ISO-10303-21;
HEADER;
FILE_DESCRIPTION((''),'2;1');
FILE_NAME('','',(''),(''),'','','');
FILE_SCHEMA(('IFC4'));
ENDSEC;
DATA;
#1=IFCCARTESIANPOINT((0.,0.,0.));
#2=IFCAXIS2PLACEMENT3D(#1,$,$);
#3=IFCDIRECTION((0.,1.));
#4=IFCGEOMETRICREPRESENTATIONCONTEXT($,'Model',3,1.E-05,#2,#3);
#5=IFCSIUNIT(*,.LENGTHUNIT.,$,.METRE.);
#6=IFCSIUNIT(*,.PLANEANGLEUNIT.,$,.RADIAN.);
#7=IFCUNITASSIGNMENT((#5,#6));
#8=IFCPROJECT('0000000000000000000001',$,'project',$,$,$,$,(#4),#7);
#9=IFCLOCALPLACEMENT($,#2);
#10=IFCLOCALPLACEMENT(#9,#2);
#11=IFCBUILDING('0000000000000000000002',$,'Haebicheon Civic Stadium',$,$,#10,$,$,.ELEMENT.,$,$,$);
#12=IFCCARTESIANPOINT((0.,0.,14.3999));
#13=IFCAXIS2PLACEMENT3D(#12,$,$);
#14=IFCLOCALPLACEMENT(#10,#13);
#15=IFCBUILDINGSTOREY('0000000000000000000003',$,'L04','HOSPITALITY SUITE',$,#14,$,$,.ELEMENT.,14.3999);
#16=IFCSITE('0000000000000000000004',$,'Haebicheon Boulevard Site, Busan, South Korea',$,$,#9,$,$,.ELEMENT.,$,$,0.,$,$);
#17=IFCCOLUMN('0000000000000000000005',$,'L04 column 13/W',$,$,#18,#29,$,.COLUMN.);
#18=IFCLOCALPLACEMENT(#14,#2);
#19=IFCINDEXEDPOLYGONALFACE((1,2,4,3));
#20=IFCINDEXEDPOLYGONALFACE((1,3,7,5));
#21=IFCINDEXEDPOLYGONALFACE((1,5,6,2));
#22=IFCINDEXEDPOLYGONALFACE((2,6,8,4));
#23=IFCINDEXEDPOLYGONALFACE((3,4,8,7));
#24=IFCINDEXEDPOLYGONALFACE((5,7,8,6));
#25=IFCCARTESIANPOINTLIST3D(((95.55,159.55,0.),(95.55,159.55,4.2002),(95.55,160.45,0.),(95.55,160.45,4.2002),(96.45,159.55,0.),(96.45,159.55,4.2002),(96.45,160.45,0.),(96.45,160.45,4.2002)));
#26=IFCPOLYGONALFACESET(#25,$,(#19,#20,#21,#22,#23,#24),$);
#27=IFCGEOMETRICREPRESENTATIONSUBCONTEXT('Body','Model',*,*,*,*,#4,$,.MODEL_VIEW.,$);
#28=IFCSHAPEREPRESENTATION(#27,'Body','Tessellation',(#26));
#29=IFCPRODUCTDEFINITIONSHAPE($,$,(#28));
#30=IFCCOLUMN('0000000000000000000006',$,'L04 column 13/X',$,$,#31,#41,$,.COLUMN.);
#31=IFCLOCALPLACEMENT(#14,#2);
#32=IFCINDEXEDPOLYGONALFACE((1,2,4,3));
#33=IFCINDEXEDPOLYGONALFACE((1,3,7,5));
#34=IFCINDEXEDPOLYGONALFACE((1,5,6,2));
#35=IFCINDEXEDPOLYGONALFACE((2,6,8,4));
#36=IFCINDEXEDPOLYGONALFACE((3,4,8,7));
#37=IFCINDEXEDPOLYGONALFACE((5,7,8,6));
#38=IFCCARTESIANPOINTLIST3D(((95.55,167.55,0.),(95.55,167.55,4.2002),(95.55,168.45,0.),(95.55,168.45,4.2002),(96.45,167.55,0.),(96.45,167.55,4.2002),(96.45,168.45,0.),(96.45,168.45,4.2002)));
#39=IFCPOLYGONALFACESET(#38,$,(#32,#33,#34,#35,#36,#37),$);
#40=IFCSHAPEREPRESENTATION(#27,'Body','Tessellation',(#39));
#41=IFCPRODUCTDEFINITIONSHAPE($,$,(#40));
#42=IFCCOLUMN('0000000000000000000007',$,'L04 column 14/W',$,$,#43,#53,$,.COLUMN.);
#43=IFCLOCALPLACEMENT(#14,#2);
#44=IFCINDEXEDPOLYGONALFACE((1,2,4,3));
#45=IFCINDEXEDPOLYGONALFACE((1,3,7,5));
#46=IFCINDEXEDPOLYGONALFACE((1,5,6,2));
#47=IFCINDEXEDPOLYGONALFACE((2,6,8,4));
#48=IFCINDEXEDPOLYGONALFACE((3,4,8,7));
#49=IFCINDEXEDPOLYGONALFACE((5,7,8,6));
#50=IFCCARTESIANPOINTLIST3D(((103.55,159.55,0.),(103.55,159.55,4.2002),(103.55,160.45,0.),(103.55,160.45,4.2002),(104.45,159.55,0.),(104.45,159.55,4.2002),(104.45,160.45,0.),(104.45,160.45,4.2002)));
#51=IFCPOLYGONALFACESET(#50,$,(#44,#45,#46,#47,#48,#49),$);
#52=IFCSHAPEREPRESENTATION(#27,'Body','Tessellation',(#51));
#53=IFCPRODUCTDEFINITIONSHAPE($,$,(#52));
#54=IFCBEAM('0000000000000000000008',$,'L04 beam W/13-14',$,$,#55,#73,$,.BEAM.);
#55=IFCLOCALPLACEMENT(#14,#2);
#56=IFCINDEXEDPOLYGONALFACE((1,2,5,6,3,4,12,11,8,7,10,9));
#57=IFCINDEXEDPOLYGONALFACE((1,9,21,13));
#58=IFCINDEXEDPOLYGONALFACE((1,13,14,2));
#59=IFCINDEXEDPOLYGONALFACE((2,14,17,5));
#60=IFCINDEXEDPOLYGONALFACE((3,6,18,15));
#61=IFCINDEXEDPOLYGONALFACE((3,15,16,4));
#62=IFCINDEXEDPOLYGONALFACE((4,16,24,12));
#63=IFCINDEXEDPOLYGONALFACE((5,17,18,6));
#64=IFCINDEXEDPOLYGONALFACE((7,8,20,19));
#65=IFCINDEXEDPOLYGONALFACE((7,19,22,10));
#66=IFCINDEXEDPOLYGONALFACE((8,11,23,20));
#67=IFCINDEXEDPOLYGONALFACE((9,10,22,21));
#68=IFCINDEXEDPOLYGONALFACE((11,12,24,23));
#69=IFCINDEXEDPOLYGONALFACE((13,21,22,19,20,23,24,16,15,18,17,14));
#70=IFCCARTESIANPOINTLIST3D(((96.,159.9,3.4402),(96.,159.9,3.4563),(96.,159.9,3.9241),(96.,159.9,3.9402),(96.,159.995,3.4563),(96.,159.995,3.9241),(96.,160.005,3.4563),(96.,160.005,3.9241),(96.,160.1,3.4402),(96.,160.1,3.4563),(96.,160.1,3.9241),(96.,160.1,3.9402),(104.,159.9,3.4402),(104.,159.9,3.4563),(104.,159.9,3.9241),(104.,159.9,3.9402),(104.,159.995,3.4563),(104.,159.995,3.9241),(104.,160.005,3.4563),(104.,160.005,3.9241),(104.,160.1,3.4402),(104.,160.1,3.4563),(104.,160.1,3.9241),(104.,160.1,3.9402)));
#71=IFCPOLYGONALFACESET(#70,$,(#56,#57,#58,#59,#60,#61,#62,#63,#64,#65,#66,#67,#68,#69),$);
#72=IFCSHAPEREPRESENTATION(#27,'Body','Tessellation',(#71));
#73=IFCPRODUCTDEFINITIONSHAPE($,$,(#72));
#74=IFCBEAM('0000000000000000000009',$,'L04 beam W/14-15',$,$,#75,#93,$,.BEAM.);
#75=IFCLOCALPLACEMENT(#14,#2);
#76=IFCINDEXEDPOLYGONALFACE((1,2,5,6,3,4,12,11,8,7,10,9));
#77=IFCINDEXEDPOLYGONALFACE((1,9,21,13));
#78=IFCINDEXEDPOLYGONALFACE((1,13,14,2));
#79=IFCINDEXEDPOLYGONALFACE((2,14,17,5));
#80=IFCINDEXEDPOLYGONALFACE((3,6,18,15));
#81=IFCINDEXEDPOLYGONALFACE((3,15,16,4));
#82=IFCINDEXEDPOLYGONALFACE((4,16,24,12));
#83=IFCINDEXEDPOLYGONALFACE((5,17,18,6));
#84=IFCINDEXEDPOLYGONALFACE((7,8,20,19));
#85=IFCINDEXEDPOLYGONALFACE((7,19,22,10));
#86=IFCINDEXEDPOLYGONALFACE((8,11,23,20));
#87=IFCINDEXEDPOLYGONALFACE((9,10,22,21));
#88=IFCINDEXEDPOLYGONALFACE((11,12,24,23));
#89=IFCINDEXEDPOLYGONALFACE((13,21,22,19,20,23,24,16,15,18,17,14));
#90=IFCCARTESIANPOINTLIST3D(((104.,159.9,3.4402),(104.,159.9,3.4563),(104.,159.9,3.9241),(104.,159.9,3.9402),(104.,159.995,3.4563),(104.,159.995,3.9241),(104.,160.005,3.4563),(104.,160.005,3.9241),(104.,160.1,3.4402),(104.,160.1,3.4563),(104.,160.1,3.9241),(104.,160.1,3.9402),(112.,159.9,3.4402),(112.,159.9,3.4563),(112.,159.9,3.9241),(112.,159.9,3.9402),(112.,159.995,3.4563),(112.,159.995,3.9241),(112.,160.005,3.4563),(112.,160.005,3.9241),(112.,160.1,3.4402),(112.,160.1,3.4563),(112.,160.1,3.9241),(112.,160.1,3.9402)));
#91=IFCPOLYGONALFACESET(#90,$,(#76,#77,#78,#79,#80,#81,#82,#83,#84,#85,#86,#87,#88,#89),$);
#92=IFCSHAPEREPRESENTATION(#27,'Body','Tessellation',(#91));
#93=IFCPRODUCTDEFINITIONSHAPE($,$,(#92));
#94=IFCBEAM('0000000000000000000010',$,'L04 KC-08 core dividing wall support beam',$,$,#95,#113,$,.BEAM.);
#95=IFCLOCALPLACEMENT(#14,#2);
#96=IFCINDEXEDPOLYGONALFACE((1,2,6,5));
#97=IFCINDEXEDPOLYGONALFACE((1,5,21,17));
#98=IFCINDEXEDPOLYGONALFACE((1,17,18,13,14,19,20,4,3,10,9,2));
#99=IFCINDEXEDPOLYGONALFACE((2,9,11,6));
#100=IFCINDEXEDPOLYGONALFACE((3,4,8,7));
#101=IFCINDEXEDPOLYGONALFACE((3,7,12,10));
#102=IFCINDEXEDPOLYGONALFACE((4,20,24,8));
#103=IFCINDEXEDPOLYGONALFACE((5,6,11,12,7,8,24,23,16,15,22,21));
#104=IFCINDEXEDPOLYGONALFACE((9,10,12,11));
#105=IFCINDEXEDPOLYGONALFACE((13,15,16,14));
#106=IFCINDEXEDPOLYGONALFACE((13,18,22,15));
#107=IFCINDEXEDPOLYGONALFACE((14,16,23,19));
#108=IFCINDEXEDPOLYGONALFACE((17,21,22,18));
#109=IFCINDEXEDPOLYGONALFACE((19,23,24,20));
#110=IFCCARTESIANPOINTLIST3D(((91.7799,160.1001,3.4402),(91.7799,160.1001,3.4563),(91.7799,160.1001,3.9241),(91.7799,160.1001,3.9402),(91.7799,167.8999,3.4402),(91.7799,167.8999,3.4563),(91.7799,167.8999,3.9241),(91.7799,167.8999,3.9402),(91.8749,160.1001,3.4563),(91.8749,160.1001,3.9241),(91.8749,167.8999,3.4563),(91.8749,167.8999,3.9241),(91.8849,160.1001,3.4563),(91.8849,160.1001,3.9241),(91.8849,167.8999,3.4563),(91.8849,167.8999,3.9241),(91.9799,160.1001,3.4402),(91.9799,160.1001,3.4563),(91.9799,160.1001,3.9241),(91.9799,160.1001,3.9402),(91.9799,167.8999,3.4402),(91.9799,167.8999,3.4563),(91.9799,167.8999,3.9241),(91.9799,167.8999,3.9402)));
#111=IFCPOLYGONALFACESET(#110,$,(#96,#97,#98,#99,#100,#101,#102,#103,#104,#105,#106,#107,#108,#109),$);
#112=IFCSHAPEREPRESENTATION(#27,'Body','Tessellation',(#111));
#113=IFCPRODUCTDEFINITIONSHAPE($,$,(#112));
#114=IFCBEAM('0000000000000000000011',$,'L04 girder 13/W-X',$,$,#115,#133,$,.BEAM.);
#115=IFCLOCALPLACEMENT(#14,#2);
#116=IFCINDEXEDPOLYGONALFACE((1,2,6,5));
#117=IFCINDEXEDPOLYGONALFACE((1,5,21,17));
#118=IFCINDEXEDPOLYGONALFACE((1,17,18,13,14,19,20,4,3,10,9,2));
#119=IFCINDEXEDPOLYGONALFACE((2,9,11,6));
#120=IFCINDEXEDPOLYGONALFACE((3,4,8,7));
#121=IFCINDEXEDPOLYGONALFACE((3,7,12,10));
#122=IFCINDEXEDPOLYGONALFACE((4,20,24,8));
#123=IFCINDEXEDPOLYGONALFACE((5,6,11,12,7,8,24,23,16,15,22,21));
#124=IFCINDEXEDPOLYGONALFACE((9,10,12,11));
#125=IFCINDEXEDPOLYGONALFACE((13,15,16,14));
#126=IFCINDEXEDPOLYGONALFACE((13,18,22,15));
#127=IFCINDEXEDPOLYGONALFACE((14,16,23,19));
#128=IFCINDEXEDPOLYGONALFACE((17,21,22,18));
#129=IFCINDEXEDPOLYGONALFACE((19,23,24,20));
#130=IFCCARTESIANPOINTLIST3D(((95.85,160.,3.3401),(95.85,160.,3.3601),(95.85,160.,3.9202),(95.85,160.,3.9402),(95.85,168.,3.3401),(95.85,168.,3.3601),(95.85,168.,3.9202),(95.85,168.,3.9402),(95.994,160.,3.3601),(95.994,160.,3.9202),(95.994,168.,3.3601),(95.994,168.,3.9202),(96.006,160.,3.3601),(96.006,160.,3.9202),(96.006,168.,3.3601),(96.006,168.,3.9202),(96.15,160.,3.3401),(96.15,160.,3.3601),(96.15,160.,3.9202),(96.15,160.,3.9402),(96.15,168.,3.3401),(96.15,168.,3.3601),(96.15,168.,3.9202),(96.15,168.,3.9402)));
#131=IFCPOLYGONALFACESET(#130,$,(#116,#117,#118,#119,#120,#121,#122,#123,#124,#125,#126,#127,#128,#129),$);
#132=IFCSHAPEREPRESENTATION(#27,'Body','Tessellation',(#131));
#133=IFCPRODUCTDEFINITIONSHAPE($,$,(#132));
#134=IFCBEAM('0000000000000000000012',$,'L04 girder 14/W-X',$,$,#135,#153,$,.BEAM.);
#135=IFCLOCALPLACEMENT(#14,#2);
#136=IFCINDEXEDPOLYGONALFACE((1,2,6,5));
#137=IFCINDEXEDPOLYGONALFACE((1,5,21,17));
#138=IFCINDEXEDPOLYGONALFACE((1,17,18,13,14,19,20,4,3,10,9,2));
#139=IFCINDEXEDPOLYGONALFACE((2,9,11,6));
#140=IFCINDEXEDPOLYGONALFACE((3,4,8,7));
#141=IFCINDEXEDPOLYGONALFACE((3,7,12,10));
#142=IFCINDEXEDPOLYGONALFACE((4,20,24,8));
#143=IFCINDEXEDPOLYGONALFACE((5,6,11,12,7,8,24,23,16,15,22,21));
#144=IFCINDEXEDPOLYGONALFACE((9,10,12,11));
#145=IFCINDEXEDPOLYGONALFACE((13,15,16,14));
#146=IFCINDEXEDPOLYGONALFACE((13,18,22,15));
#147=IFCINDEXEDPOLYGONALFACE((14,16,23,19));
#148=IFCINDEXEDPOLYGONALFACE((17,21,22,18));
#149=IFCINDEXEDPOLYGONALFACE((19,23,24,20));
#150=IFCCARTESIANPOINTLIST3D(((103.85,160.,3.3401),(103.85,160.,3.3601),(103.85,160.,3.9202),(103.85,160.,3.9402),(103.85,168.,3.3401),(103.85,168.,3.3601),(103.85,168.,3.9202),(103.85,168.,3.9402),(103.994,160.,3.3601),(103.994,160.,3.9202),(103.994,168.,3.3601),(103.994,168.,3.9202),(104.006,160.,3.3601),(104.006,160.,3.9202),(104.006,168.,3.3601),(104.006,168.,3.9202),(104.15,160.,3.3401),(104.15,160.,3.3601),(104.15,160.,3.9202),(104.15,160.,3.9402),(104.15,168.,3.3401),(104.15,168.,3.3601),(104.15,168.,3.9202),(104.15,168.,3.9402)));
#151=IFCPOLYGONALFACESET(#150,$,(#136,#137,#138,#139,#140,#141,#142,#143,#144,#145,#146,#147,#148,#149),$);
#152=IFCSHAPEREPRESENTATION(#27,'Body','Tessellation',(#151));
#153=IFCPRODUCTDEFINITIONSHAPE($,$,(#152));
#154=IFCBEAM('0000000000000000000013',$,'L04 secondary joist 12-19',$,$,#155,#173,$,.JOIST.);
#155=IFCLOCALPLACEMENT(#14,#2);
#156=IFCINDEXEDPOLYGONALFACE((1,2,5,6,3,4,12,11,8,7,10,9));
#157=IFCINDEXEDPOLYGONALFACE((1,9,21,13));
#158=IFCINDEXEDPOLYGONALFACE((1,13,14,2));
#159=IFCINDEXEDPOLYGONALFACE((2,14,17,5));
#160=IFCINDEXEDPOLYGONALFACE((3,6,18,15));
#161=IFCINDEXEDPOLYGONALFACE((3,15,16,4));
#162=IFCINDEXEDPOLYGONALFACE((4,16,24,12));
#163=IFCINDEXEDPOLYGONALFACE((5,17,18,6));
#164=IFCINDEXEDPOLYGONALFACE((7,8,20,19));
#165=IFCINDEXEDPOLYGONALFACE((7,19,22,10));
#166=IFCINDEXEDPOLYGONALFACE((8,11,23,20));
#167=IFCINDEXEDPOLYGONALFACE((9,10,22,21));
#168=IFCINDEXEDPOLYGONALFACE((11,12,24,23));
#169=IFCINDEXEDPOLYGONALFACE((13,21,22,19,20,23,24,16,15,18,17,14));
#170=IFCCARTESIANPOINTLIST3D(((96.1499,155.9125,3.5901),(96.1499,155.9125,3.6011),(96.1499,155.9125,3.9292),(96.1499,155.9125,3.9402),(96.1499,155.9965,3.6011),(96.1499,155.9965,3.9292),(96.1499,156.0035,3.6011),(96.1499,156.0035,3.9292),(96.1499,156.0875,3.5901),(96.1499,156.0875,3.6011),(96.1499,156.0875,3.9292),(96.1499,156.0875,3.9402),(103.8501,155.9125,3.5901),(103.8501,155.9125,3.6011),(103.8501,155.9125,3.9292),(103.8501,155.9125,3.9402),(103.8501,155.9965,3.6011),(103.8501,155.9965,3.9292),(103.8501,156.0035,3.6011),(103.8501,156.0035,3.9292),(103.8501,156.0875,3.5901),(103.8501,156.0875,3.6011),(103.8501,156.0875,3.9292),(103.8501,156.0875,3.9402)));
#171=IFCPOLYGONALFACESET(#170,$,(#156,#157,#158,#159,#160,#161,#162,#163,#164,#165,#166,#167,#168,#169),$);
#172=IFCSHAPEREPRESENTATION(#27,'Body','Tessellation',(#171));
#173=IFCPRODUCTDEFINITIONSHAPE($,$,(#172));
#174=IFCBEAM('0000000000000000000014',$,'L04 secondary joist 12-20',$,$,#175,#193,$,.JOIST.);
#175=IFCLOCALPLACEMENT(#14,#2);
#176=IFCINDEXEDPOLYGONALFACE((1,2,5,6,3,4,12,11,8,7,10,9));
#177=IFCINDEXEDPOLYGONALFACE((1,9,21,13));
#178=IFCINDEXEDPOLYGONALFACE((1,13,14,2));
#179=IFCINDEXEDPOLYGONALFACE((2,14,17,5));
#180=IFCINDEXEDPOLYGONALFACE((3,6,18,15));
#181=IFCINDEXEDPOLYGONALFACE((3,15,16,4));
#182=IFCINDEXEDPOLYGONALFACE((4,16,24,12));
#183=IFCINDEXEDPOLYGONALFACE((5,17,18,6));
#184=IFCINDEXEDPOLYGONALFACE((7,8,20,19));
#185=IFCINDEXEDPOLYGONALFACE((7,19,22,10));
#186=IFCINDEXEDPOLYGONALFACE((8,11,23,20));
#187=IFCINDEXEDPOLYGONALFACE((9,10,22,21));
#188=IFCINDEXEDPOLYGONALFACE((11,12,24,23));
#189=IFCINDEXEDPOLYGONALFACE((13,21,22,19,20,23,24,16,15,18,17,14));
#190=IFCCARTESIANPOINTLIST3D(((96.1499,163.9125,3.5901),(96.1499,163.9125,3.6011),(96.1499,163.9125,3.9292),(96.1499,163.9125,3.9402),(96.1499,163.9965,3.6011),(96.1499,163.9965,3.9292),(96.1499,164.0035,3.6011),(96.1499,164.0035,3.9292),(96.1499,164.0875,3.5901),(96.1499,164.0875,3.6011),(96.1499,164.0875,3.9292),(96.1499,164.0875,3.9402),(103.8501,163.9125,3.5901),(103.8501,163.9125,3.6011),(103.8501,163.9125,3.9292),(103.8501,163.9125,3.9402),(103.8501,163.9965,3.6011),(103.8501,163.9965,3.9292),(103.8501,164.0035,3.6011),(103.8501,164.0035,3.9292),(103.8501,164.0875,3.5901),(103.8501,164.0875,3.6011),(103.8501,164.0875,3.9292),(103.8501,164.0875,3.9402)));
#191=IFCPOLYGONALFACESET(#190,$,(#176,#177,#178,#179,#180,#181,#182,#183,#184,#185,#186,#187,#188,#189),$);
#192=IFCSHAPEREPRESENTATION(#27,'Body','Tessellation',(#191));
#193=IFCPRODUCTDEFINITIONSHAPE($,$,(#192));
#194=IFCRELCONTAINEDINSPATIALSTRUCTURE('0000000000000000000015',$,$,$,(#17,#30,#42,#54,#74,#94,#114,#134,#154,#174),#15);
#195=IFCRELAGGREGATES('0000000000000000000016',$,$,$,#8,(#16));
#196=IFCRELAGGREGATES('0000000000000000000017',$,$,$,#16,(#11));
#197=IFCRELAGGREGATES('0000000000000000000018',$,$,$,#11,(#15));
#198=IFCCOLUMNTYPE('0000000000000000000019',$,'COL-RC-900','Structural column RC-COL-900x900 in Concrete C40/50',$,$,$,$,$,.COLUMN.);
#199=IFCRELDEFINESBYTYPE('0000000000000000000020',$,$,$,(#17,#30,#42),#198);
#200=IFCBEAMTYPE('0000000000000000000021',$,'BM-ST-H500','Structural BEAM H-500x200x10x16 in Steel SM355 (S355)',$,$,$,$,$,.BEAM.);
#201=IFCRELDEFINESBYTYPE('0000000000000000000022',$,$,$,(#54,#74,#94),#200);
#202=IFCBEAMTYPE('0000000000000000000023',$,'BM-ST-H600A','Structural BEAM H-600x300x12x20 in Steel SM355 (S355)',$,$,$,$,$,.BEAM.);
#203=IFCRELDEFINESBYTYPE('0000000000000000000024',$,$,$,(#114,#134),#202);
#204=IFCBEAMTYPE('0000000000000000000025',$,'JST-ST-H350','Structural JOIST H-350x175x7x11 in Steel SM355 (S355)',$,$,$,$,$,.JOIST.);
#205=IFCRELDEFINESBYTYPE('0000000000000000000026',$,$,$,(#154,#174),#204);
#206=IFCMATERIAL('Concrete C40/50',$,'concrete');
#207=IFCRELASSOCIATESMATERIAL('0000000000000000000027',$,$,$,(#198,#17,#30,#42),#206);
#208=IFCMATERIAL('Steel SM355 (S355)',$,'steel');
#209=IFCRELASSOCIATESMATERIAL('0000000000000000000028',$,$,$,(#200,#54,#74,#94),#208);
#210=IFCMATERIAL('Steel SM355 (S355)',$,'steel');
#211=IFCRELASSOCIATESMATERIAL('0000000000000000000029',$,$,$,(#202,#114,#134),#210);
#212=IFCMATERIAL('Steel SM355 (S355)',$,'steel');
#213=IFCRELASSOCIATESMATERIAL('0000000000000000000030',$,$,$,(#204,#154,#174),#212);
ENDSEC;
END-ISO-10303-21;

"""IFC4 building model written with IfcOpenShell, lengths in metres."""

from ifc_helpers import new_model, si_unit, direction, frame, origin, origin_2d, place, context, subcontext, project, spatial, rectangle, i_section, extrude, material, material_profile, profile_set, type_object, element, save


model = new_model("IFC4")

# Units and contexts
model_context = context("Model", 3, precision=1e-05, world=origin(), true_north=direction((0.0, 1.0)))
body_context = subcontext(model_context, "Body", "Model", "MODEL_VIEW")
ifc_project = project(units=[si_unit("LENGTHUNIT", "METRE"), si_unit("PLANEANGLEUNIT", "RADIAN")], contexts=[model_context])

# Site, building, storey
site_placement = place(None, origin())
site = spatial("IfcSite", under=ifc_project, at=site_placement, Name="Haebicheon Boulevard Site, Busan, South Korea", CompositionType="ELEMENT", RefElevation=0.0)
building_placement = place(site_placement, origin())
building = spatial("IfcBuilding", under=site, at=building_placement, Name="Haebicheon Civic Stadium", CompositionType="ELEMENT")
storey_placement = place(building_placement, frame((0.0, 0.0, 14.3999)))
storey = spatial("IfcBuildingStorey", under=building, at=storey_placement, Name="L04", Description="HOSPITALITY SUITE", CompositionType="ELEMENT", Elevation=14.3999)

# Columns
ifc_material_1 = material(Name="Concrete C40/50", Category="concrete")
ifc_material_profile_1 = material_profile(ifc_material_1, rectangle(XDim=0.8999, YDim=0.8999, at=origin_2d()), Name="RC-COL-900x900")
ifc_profile_set_1 = profile_set([ifc_material_profile_1], Name="Concrete C40/50")
column_type = type_object("IfcColumnType", Name="COL-RC-900", Description="Structural column RC-COL-900x900 in Concrete C40/50", PredefinedType="COLUMN", material=ifc_profile_set_1)
for number, where, z_axis, x_axis, name in (
    (1, (96.0, 160.0, 0.0), (0.0, 0.0, 1.0), (1.0, 0.0, 0.0), "L04 column 13/W"),
    (2, (96.0, 168.0, 0.0), (0.0, 0.0, 1.0), (1.0, 0.0, 0.0), "L04 column 13/X"),
    (3, (104.0, 160.0, 0.0), (0.0, 0.0, 1.0), (1.0, 0.0, 0.0), "L04 column 14/W"),
):
    element("IfcColumn", number, at=place(storey_placement, frame(where, z_axis=z_axis, x_axis=x_axis)), inside=storey, type_object=column_type, material=ifc_profile_set_1, Name=name, PredefinedType="COLUMN", context=body_context, shape_type="SweptSolid", body=[
        extrude(rectangle(XDim=0.8999, YDim=0.8999, at=origin_2d()), origin(), (0.0, 0.0, 1.0), 4.2002),
    ])

# Beams
ifc_material_2 = material(Name="Steel SM355 (S355)", Category="steel")
ifc_material_profile_2 = material_profile(ifc_material_2, i_section(OverallWidth=0.2, OverallDepth=0.5, WebThickness=0.01, FlangeThickness=0.0161, at=origin_2d()), Name="H-500x200x10x16")
ifc_profile_set_2 = profile_set([ifc_material_profile_2], Name="Steel SM355 (S355)")
beam_type_1 = type_object("IfcBeamType", Name="BM-ST-H500", Description="Structural BEAM H-500x200x10x16 in Steel SM355 (S355)", PredefinedType="BEAM", material=ifc_profile_set_2)
for number, where, z_axis, x_axis, name in (
    (4, (96.0, 160.0, 3.6902), (1.0, 0.0, 0.0), (0.0, 1.0, 0.0), "L04 beam W/13-14"),
    (5, (104.0, 160.0, 3.6902), (1.0, 0.0, 0.0), (0.0, 1.0, 0.0), "L04 beam W/14-15"),
):
    element("IfcBeam", number, at=place(storey_placement, frame(where, z_axis=z_axis, x_axis=x_axis)), inside=storey, type_object=beam_type_1, material=ifc_profile_set_2, Name=name, PredefinedType="BEAM", context=body_context, shape_type="SweptSolid", body=[
        extrude(i_section(OverallWidth=0.2, OverallDepth=0.5, WebThickness=0.01, FlangeThickness=0.0161, at=origin_2d()), origin(), (0.0, 0.0, 1.0), 8.0),
    ])
beam_1_placement = place(storey_placement, frame((91.8799, 160.1001, 3.6902), z_axis=(0.0, 1.0, 0.0), x_axis=(-1.0, 0.0, 0.0)))
element("IfcBeam", 6, at=beam_1_placement, inside=storey, type_object=beam_type_1, material=ifc_profile_set_2, Name="L04 KC-08 core dividing wall support beam", PredefinedType="BEAM", context=body_context, shape_type="SweptSolid", body=[
    extrude(i_section(OverallWidth=0.2, OverallDepth=0.5, WebThickness=0.01, FlangeThickness=0.0161, at=origin_2d()), origin(), (0.0, 0.0, 1.0), 7.7998),
])
ifc_material_3 = material(Name="Steel SM355 (S355)", Category="steel")
ifc_material_profile_3 = material_profile(ifc_material_3, i_section(OverallWidth=0.3, OverallDepth=0.6001, WebThickness=0.012, FlangeThickness=0.02, at=origin_2d()), Name="H-600x300x12x20")
ifc_profile_set_3 = profile_set([ifc_material_profile_3], Name="Steel SM355 (S355)")
beam_type_2 = type_object("IfcBeamType", Name="BM-ST-H600A", Description="Structural BEAM H-600x300x12x20 in Steel SM355 (S355)", PredefinedType="BEAM", material=ifc_profile_set_3)
for number, where, z_axis, x_axis, name in (
    (7, (96.0, 160.0, 3.6401), (0.0, 1.0, 0.0), (-1.0, 0.0, 0.0), "L04 girder 13/W-X"),
    (8, (104.0, 160.0, 3.6401), (0.0, 1.0, 0.0), (-1.0, 0.0, 0.0), "L04 girder 14/W-X"),
):
    element("IfcBeam", number, at=place(storey_placement, frame(where, z_axis=z_axis, x_axis=x_axis)), inside=storey, type_object=beam_type_2, material=ifc_profile_set_3, Name=name, PredefinedType="BEAM", context=body_context, shape_type="SweptSolid", body=[
        extrude(i_section(OverallWidth=0.3, OverallDepth=0.6001, WebThickness=0.012, FlangeThickness=0.02, at=origin_2d()), origin(), (0.0, 0.0, 1.0), 8.0),
    ])
ifc_material_4 = material(Name="Steel SM355 (S355)", Category="steel")
ifc_material_profile_4 = material_profile(ifc_material_4, i_section(OverallWidth=0.175, OverallDepth=0.3501, WebThickness=0.0071, FlangeThickness=0.011, at=origin_2d()), Name="H-350x175x7x11")
ifc_profile_set_4 = profile_set([ifc_material_profile_4], Name="Steel SM355 (S355)")
beam_type_3 = type_object("IfcBeamType", Name="JST-ST-H350", Description="Structural JOIST H-350x175x7x11 in Steel SM355 (S355)", PredefinedType="JOIST", material=ifc_profile_set_4)
for number, where, z_axis, x_axis, name in (
    (9, (96.1499, 156.0, 3.7651), (1.0, 0.0, 0.0), (0.0, 1.0, 0.0), "L04 secondary joist 12-19"),
    (10, (96.1499, 164.0, 3.7651), (1.0, 0.0, 0.0), (0.0, 1.0, 0.0), "L04 secondary joist 12-20"),
):
    element("IfcBeam", number, at=place(storey_placement, frame(where, z_axis=z_axis, x_axis=x_axis)), inside=storey, type_object=beam_type_3, material=ifc_profile_set_4, Name=name, PredefinedType="JOIST", context=body_context, shape_type="SweptSolid", body=[
        extrude(i_section(OverallWidth=0.175, OverallDepth=0.3501, WebThickness=0.0071, FlangeThickness=0.011, at=origin_2d()), origin(), (0.0, 0.0, 1.0), 7.7002),
    ])

save(model, "model.ifc")
